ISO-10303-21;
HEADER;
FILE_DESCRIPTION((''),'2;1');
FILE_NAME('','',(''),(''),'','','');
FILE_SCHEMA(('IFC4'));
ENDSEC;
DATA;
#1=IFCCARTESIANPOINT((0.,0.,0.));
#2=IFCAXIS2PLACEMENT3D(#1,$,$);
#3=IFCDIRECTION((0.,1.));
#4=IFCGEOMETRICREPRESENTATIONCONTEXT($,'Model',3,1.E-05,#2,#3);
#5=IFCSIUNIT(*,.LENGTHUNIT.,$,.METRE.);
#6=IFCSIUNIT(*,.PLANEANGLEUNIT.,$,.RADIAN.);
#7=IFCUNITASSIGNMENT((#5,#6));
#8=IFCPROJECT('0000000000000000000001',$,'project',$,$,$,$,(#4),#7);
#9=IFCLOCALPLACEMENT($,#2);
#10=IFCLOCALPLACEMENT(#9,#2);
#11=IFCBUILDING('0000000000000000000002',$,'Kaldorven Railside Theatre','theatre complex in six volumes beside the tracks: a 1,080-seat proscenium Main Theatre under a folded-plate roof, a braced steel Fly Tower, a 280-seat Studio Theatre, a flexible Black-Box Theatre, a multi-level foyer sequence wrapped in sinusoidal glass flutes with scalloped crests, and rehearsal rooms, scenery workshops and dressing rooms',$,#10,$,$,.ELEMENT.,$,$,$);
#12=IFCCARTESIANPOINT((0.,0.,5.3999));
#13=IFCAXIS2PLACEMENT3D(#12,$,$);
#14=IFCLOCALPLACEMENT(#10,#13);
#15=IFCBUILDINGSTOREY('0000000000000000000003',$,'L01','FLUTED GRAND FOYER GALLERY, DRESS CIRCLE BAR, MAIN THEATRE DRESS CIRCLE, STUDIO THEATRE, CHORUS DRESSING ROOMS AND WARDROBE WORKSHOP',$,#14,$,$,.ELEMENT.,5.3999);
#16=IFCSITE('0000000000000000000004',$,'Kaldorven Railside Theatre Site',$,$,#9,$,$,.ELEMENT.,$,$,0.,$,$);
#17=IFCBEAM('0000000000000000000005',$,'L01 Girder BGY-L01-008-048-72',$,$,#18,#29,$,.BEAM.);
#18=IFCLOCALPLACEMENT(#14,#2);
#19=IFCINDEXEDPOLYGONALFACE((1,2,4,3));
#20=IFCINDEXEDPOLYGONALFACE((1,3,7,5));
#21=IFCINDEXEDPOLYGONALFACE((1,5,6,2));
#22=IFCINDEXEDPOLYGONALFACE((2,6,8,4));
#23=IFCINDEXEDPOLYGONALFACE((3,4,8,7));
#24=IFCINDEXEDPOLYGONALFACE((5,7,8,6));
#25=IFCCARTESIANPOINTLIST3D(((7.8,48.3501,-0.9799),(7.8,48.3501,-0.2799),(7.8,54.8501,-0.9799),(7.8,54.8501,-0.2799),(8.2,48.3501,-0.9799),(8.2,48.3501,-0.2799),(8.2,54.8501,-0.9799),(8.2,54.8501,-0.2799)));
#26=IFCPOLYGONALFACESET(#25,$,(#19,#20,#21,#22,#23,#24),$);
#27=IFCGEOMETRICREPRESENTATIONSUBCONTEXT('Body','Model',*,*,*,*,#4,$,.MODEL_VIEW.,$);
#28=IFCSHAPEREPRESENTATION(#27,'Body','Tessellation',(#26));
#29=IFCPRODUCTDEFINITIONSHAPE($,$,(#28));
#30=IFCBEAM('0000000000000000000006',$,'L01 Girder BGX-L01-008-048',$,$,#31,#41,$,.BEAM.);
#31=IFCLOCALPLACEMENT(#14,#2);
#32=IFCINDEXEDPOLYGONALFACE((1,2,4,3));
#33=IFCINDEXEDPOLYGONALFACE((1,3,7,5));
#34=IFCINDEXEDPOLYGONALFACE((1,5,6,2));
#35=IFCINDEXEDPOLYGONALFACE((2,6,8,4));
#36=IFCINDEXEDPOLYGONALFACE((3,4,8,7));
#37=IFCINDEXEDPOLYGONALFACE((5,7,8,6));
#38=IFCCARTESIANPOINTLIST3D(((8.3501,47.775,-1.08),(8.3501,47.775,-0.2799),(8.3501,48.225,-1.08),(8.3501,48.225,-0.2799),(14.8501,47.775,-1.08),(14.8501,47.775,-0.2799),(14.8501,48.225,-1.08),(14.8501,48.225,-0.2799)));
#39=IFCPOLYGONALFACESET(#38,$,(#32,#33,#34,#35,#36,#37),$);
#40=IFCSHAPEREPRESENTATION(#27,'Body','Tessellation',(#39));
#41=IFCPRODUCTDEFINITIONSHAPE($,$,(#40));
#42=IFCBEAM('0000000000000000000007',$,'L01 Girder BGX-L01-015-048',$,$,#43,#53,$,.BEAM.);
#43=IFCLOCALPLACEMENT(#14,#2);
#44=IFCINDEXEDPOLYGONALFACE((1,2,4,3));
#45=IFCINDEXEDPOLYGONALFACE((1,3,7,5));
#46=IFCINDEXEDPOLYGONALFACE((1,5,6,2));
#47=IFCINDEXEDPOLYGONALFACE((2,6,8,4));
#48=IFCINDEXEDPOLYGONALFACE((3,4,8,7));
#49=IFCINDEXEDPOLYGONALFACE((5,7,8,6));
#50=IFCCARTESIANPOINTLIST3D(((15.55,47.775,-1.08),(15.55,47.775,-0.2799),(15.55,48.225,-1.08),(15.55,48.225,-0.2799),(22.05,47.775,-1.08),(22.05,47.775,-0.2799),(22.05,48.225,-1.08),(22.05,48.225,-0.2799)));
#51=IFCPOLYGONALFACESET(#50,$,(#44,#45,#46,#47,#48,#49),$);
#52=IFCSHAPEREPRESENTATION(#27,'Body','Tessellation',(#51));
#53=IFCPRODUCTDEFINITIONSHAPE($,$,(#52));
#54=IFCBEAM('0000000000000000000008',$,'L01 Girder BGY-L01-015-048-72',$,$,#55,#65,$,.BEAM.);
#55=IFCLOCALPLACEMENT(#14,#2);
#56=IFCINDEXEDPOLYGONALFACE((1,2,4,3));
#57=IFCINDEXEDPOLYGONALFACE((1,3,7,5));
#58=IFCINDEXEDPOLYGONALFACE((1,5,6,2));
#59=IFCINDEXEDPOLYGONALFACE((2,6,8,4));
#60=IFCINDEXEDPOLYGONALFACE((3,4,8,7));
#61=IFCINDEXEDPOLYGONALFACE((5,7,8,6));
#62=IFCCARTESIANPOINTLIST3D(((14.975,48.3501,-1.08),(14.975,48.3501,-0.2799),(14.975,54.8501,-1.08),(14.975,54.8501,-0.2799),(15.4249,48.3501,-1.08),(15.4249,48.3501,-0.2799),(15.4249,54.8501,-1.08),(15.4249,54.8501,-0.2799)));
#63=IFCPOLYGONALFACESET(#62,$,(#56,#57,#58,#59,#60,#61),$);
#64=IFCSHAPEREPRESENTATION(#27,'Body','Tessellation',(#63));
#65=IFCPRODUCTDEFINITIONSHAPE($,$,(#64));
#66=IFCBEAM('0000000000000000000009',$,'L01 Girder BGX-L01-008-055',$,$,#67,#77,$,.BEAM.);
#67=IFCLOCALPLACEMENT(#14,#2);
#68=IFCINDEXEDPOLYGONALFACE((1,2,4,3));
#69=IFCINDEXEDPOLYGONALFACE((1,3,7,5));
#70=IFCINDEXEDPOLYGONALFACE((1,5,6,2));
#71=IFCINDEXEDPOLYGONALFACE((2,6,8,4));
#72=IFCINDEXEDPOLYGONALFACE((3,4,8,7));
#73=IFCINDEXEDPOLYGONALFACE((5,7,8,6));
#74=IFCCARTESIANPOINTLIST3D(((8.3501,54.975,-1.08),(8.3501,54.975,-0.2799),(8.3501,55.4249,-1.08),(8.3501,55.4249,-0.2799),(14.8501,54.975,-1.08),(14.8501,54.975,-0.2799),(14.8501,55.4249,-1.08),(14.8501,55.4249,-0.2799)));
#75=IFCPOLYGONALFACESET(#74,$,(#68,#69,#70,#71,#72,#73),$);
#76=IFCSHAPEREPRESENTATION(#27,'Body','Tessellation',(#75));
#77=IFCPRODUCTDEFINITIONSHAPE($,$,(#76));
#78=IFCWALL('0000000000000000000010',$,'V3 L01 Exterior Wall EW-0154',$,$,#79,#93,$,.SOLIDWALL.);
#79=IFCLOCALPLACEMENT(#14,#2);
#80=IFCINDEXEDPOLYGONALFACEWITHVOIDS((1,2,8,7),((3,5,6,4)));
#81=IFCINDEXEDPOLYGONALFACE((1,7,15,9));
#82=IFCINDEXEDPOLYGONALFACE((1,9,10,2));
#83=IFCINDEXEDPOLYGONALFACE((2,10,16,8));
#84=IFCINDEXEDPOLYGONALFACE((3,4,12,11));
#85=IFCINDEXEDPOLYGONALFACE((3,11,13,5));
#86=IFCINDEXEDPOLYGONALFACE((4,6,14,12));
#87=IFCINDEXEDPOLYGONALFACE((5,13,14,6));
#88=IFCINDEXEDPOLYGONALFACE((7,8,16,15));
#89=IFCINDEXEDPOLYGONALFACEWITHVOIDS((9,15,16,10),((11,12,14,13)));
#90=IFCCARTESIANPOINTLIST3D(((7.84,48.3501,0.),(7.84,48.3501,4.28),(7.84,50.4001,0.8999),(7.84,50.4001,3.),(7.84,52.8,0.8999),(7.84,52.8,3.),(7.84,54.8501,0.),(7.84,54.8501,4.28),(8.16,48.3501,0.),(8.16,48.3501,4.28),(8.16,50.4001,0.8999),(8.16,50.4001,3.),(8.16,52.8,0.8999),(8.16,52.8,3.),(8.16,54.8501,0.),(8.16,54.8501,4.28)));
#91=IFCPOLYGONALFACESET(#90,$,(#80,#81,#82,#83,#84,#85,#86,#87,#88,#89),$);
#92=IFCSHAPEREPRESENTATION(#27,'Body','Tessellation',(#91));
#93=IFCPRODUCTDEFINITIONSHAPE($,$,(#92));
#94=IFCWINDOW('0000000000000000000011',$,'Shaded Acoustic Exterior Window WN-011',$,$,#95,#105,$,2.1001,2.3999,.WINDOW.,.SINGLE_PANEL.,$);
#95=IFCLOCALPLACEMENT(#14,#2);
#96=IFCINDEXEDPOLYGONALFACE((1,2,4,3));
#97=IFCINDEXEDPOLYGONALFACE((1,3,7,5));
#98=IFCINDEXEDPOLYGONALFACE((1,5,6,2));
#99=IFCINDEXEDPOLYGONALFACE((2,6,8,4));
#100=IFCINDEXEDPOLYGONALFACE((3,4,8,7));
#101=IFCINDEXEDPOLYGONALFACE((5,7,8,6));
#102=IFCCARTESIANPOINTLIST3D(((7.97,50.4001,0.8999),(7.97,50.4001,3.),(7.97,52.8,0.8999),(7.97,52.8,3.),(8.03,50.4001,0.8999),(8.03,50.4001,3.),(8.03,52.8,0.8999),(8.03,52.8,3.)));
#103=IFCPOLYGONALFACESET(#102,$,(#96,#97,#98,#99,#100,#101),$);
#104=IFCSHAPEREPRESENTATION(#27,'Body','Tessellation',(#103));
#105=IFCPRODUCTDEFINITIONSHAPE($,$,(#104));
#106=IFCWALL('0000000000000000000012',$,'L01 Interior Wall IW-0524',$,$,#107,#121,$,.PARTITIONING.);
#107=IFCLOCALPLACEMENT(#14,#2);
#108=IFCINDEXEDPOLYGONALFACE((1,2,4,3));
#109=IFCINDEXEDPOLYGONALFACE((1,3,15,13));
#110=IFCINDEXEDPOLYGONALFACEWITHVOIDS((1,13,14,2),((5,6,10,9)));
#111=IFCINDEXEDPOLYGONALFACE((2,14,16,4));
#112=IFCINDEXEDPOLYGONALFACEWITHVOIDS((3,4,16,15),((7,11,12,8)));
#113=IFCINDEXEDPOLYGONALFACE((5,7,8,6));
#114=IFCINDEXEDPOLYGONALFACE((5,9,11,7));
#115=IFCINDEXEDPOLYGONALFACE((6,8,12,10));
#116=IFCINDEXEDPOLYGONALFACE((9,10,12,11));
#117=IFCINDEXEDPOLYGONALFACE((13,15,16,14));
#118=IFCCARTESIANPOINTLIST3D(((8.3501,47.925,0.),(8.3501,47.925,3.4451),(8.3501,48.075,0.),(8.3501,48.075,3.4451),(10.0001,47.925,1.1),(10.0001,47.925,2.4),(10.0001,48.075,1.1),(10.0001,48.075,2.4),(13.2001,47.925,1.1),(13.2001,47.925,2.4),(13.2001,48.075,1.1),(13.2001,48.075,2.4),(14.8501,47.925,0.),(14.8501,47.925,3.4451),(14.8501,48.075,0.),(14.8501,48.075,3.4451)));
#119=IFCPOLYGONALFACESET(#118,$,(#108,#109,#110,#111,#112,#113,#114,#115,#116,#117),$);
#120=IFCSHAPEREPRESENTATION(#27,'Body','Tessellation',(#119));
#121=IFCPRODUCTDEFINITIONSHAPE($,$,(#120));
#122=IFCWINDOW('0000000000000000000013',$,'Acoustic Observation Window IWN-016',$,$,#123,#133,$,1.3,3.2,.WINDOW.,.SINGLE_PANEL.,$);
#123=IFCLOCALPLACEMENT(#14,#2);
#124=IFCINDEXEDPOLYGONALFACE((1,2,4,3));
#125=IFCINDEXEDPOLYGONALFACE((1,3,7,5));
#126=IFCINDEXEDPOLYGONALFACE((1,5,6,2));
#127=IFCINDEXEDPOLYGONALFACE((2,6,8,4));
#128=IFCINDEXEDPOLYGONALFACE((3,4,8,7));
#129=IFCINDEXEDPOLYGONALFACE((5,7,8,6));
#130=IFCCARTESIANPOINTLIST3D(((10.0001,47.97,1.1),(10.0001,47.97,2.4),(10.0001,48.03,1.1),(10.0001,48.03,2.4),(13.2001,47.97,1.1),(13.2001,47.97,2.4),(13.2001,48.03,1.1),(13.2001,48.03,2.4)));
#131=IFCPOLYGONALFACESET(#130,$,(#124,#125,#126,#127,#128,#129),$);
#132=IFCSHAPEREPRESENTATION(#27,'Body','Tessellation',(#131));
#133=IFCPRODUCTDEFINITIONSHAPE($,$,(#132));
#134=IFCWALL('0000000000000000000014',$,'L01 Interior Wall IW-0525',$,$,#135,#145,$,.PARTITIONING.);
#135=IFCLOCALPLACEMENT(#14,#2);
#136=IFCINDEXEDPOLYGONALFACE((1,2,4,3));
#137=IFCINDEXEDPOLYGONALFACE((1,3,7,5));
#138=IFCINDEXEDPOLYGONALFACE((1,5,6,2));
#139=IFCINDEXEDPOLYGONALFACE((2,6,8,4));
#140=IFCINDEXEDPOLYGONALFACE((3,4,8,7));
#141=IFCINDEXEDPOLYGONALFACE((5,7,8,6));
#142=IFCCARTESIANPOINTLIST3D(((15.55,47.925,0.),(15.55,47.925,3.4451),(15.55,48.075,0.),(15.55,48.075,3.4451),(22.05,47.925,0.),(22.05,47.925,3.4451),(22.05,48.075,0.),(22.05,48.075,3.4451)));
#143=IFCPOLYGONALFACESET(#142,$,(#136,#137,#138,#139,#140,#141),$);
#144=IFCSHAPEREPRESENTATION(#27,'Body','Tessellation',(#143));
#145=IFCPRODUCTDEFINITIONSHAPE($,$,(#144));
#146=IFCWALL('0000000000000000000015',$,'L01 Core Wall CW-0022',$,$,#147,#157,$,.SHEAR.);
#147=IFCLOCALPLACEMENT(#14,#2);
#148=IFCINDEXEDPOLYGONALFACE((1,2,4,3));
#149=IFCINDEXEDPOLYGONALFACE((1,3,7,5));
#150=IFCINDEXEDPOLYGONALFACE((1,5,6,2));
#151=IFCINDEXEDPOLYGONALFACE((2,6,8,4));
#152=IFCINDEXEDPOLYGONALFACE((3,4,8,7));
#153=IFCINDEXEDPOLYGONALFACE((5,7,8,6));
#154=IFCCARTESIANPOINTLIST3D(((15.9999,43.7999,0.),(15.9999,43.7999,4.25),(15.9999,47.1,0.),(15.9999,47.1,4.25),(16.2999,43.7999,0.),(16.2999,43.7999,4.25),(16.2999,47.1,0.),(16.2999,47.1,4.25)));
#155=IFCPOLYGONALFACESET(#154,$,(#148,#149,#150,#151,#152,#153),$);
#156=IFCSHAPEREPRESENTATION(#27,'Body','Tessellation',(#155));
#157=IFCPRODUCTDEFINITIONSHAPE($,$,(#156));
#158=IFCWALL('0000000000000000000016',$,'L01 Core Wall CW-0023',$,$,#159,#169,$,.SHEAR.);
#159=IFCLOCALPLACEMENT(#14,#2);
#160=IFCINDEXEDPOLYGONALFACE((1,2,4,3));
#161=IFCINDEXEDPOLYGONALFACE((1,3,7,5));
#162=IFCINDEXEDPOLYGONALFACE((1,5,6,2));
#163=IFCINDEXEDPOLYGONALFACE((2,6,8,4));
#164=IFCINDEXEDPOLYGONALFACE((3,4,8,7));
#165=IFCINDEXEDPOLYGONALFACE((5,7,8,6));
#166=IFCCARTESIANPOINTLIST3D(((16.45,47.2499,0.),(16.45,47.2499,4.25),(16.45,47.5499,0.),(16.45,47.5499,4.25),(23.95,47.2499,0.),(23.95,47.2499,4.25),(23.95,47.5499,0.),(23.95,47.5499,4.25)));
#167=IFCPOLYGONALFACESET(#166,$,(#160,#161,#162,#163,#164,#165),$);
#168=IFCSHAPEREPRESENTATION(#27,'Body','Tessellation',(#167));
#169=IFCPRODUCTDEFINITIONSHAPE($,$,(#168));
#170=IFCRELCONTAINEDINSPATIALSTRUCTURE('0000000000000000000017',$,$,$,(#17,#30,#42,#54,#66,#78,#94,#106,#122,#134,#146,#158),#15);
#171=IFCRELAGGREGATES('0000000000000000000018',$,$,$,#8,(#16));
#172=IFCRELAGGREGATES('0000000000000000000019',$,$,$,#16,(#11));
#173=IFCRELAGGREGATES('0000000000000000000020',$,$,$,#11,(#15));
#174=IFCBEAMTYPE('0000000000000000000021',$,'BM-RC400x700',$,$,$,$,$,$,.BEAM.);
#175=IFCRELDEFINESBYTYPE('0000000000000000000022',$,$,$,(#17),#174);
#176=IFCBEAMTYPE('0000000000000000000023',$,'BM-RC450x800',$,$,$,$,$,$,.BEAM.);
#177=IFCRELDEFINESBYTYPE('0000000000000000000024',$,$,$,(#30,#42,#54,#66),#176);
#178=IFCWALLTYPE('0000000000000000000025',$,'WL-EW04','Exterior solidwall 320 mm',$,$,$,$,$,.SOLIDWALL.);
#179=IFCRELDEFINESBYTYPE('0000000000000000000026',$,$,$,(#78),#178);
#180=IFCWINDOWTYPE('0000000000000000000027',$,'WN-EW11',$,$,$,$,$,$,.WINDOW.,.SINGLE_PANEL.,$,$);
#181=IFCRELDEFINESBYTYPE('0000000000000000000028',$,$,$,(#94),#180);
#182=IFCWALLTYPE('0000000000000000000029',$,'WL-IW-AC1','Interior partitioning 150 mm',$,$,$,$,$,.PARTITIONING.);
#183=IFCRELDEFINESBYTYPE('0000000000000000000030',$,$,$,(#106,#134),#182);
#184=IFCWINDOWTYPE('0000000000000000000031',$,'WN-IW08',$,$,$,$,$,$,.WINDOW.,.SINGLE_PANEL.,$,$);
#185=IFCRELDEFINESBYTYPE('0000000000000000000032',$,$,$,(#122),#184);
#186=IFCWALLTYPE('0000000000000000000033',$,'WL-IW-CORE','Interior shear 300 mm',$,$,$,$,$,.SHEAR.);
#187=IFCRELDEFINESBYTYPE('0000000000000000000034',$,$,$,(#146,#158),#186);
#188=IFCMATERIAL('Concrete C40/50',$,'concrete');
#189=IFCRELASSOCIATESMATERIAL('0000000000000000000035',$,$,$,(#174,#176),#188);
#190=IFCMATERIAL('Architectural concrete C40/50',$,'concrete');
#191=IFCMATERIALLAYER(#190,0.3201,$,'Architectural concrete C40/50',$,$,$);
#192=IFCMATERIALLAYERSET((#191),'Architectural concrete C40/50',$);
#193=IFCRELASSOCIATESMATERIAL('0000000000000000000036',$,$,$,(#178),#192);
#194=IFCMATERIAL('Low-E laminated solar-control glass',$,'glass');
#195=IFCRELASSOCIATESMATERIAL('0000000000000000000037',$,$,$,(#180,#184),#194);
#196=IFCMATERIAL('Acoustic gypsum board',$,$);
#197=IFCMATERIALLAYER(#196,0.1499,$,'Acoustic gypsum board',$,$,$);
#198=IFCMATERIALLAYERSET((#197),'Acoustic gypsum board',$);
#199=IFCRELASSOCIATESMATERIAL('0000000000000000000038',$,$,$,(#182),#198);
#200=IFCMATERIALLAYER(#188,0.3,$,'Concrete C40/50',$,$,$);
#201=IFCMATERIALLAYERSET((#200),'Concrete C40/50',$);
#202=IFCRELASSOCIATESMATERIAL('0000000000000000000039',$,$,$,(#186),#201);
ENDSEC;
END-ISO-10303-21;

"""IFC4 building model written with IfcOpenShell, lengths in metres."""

from ifc_helpers import new_model, si_unit, direction, frame, frame_2d, origin, origin_2d, place, context, subcontext, project, spatial, rectangle, extrude, material, layer, layer_set, material_profile, profile_set, type_object, element, fill, save


model = new_model("IFC4")

# Units and contexts
model_context = context("Model", 3, precision=1e-05, world=origin(), true_north=direction((0.0, 1.0)))
body_context = subcontext(model_context, "Body", "Model", "MODEL_VIEW")
ifc_project = project(units=[si_unit("LENGTHUNIT", "METRE"), si_unit("PLANEANGLEUNIT", "RADIAN")], contexts=[model_context])

# Site, building, storey
site_placement = place(None, origin())
site = spatial("IfcSite", under=ifc_project, at=site_placement, Name="Kaldorven Railside Theatre Site", CompositionType="ELEMENT", RefElevation=0.0)
building_placement = place(site_placement, origin())
building = spatial("IfcBuilding", under=site, at=building_placement, Name="Kaldorven Railside Theatre", Description="theatre complex in six volumes beside the tracks: a 1,080-seat proscenium Main Theatre under a folded-plate roof, a braced steel Fly Tower, a 280-seat Studio Theatre, a flexible Black-Box Theatre, a multi-level foyer sequence wrapped in sinusoidal glass flutes with scalloped crests, and rehearsal rooms, scenery workshops and dressing rooms", CompositionType="ELEMENT")
storey_placement = place(building_placement, frame((0.0, 0.0, 5.3999)))
storey = spatial("IfcBuildingStorey", under=building, at=storey_placement, Name="L01", Description="FLUTED GRAND FOYER GALLERY, DRESS CIRCLE BAR, MAIN THEATRE DRESS CIRCLE, STUDIO THEATRE, CHORUS DRESSING ROOMS AND WARDROBE WORKSHOP", CompositionType="ELEMENT", Elevation=5.3999)

# Shared definitions
ifc_material_1 = material(Name="Concrete C40/50", Category="concrete")

# Beams
ifc_material_profile_1 = material_profile(ifc_material_1, rectangle(XDim=0.3999, YDim=0.7, at=origin_2d()), Name="RC 400x700")
ifc_profile_set_1 = profile_set([ifc_material_profile_1], Name="Concrete C40/50")
beam_type_1 = type_object("IfcBeamType", Name="BM-RC400x700", PredefinedType="BEAM", material=ifc_profile_set_1)
beam_1_placement = place(storey_placement, frame((8.0, 48.3501, -0.6299), z_axis=(0.0, 1.0, 0.0), x_axis=(-1.0, 0.0, 0.0)))
element("IfcBeam", 1, at=beam_1_placement, inside=storey, type_object=beam_type_1, Name="L01 Girder BGY-L01-008-048-72", PredefinedType="BEAM", context=body_context, shape_type="SweptSolid", body=[
    extrude(rectangle(XDim=0.3999, YDim=0.7, at=origin_2d()), origin(), (0.0, 0.0, 1.0), 6.5),
])
ifc_material_profile_2 = material_profile(ifc_material_1, rectangle(XDim=0.45, YDim=0.8, at=origin_2d()), Name="RC 450x800")
ifc_profile_set_2 = profile_set([ifc_material_profile_2], Name="Concrete C40/50")
beam_type_2 = type_object("IfcBeamType", Name="BM-RC450x800", PredefinedType="BEAM", material=ifc_profile_set_2)
for number, where, z_axis, x_axis, name in (
    (2, (8.3501, 48.0, -0.6799), (1.0, 0.0, 0.0), (0.0, 1.0, 0.0), "L01 Girder BGX-L01-008-048"),
    (3, (15.55, 48.0, -0.6799), (1.0, 0.0, 0.0), (0.0, 1.0, 0.0), "L01 Girder BGX-L01-015-048"),
    (4, (15.2, 48.3501, -0.6799), (0.0, 1.0, 0.0), (-1.0, 0.0, 0.0), "L01 Girder BGY-L01-015-048-72"),
    (5, (8.3501, 55.2, -0.6799), (1.0, 0.0, 0.0), (0.0, 1.0, 0.0), "L01 Girder BGX-L01-008-055"),
):
    element("IfcBeam", number, at=place(storey_placement, frame(where, z_axis=z_axis, x_axis=x_axis)), inside=storey, type_object=beam_type_2, Name=name, PredefinedType="BEAM", context=body_context, shape_type="SweptSolid", body=[
        extrude(rectangle(XDim=0.45, YDim=0.8, at=origin_2d()), origin(), (0.0, 0.0, 1.0), 6.5),
    ])

# Walls, openings, windows
ifc_material_2 = material(Name="Architectural concrete C40/50", Category="concrete")
ifc_layer_1 = layer(ifc_material_2, 0.3201, Name="Architectural concrete C40/50")
ifc_layer_set_1 = layer_set([ifc_layer_1], Name="Architectural concrete C40/50")
wall_type_1 = type_object("IfcWallType", Name="WL-EW04", Description="Exterior solidwall 320 mm", PredefinedType="SOLIDWALL", material=ifc_layer_set_1)
wall_1_placement = place(storey_placement, frame((8.0, 48.3501, 0.0), z_axis=(0.0, 0.0, 1.0), x_axis=(0.0, 1.0, 0.0)))
wall_1 = element("IfcWall", 6, at=wall_1_placement, inside=storey, type_object=wall_type_1, Name="V3 L01 Exterior Wall EW-0154", PredefinedType="SOLIDWALL", context=body_context, shape_type="SweptSolid", body=[
    extrude(rectangle(XDim=6.5, YDim=0.3201, at=frame_2d((3.25, 0.0))), origin(), (0.0, 0.0, 1.0), 4.28),
])
opening_1_placement = place(wall_1_placement, frame((2.05, 0.0, 0.8999)))
opening_1 = element("IfcOpeningElement", 7, at=opening_1_placement, cuts=wall_1, PredefinedType="OPENING", context=body_context, shape_type="SweptSolid", body=[
    extrude(rectangle(XDim=2.3999, YDim=2.1001, at=frame_2d((1.2, 1.05))), frame((0.0, 0.1699, 0.0), z_axis=(0.0, -1.0, 0.0), x_axis=(1.0, 0.0, 0.0)), (0.0, 0.0, 1.0), 0.3401),
])
ifc_material_3 = material(Name="Low-E laminated solar-control glass", Category="glass")
window_type_1 = type_object("IfcWindowType", Name="WN-EW11", PartitioningType="SINGLE_PANEL", PredefinedType="WINDOW", material=ifc_material_3)
window_1_placement = place(opening_1_placement, origin())
window_1 = element("IfcWindow", 8, at=window_1_placement, inside=storey, type_object=window_type_1, Name="Shaded Acoustic Exterior Window WN-011", OverallHeight=2.1001, OverallWidth=2.3999, PartitioningType="SINGLE_PANEL", PredefinedType="WINDOW", context=body_context, shape_type="SweptSolid", body=[
    extrude(rectangle(XDim=2.3999, YDim=2.1001, at=frame_2d((1.2, 1.05))), frame((0.0, 0.03, 0.0), z_axis=(0.0, -1.0, 0.0), x_axis=(1.0, 0.0, 0.0)), (0.0, 0.0, 1.0), 0.0601),
])
fill(opening_1, window_1)
ifc_material_4 = material(Name="Acoustic gypsum board")
ifc_layer_2 = layer(ifc_material_4, 0.1499, Name="Acoustic gypsum board")
ifc_layer_set_2 = layer_set([ifc_layer_2], Name="Acoustic gypsum board")
wall_type_2 = type_object("IfcWallType", Name="WL-IW-AC1", Description="Interior partitioning 150 mm", PredefinedType="PARTITIONING", material=ifc_layer_set_2)
wall_2_placement = place(storey_placement, frame((8.3501, 48.0, 0.0), z_axis=(0.0, 0.0, 1.0), x_axis=(1.0, 0.0, 0.0)))
wall_2 = element("IfcWall", 9, at=wall_2_placement, inside=storey, type_object=wall_type_2, Name="L01 Interior Wall IW-0524", PredefinedType="PARTITIONING", context=body_context, shape_type="SweptSolid", body=[
    extrude(rectangle(XDim=6.5, YDim=0.1499, at=frame_2d((3.25, 0.0))), origin(), (0.0, 0.0, 1.0), 3.4451),
])
opening_2_placement = place(wall_2_placement, frame((1.6499, 0.0, 1.1001)))
opening_2 = element("IfcOpeningElement", 10, at=opening_2_placement, cuts=wall_2, PredefinedType="OPENING", context=body_context, shape_type="SweptSolid", body=[
    extrude(rectangle(XDim=3.2, YDim=1.3, at=frame_2d((1.6001, 0.6499))), frame((0.0, 0.085, 0.0), z_axis=(0.0, -1.0, 0.0), x_axis=(1.0, 0.0, 0.0)), (0.0, 0.0, 1.0), 0.1699),
])
window_type_2 = type_object("IfcWindowType", Name="WN-IW08", PartitioningType="SINGLE_PANEL", PredefinedType="WINDOW", material=ifc_material_3)
window_2_placement = place(opening_2_placement, origin())
window_2 = element("IfcWindow", 11, at=window_2_placement, inside=storey, type_object=window_type_2, Name="Acoustic Observation Window IWN-016", OverallHeight=1.3, OverallWidth=3.2, PartitioningType="SINGLE_PANEL", PredefinedType="WINDOW", context=body_context, shape_type="SweptSolid", body=[
    extrude(rectangle(XDim=3.2, YDim=1.3, at=frame_2d((1.6001, 0.6499))), frame((0.0, 0.03, 0.0), z_axis=(0.0, -1.0, 0.0), x_axis=(1.0, 0.0, 0.0)), (0.0, 0.0, 1.0), 0.0601),
])
fill(opening_2, window_2)

# Walls
wall_3_placement = place(storey_placement, frame((15.55, 48.0, 0.0), z_axis=(0.0, 0.0, 1.0), x_axis=(1.0, 0.0, 0.0)))
element("IfcWall", 12, at=wall_3_placement, inside=storey, type_object=wall_type_2, Name="L01 Interior Wall IW-0525", PredefinedType="PARTITIONING", context=body_context, shape_type="SweptSolid", body=[
    extrude(rectangle(XDim=6.5, YDim=0.1499, at=frame_2d((3.25, 0.0))), origin(), (0.0, 0.0, 1.0), 3.4451),
])
ifc_layer_3 = layer(ifc_material_1, 0.3, Name="Concrete C40/50")
ifc_layer_set_3 = layer_set([ifc_layer_3], Name="Concrete C40/50")
wall_type_3 = type_object("IfcWallType", Name="WL-IW-CORE", Description="Interior shear 300 mm", PredefinedType="SHEAR", material=ifc_layer_set_3)
wall_4_placement = place(storey_placement, frame((16.1499, 43.8, 0.0), z_axis=(0.0, 0.0, 1.0), x_axis=(0.0, 1.0, 0.0)))
element("IfcWall", 13, at=wall_4_placement, inside=storey, type_object=wall_type_3, Name="L01 Core Wall CW-0022", PredefinedType="SHEAR", context=body_context, shape_type="SweptSolid", body=[
    extrude(rectangle(XDim=3.3, YDim=0.3, at=frame_2d((1.6499, 0.0))), origin(), (0.0, 0.0, 1.0), 4.25),
])
wall_5_placement = place(storey_placement, frame((16.45, 47.3999, 0.0), z_axis=(0.0, 0.0, 1.0), x_axis=(1.0, 0.0, 0.0)))
element("IfcWall", 14, at=wall_5_placement, inside=storey, type_object=wall_type_3, Name="L01 Core Wall CW-0023", PredefinedType="SHEAR", context=body_context, shape_type="SweptSolid", body=[
    extrude(rectangle(XDim=7.5, YDim=0.3, at=frame_2d((3.75, 0.0))), origin(), (0.0, 0.0, 1.0), 4.25),
])

save(model, "model.ifc")
